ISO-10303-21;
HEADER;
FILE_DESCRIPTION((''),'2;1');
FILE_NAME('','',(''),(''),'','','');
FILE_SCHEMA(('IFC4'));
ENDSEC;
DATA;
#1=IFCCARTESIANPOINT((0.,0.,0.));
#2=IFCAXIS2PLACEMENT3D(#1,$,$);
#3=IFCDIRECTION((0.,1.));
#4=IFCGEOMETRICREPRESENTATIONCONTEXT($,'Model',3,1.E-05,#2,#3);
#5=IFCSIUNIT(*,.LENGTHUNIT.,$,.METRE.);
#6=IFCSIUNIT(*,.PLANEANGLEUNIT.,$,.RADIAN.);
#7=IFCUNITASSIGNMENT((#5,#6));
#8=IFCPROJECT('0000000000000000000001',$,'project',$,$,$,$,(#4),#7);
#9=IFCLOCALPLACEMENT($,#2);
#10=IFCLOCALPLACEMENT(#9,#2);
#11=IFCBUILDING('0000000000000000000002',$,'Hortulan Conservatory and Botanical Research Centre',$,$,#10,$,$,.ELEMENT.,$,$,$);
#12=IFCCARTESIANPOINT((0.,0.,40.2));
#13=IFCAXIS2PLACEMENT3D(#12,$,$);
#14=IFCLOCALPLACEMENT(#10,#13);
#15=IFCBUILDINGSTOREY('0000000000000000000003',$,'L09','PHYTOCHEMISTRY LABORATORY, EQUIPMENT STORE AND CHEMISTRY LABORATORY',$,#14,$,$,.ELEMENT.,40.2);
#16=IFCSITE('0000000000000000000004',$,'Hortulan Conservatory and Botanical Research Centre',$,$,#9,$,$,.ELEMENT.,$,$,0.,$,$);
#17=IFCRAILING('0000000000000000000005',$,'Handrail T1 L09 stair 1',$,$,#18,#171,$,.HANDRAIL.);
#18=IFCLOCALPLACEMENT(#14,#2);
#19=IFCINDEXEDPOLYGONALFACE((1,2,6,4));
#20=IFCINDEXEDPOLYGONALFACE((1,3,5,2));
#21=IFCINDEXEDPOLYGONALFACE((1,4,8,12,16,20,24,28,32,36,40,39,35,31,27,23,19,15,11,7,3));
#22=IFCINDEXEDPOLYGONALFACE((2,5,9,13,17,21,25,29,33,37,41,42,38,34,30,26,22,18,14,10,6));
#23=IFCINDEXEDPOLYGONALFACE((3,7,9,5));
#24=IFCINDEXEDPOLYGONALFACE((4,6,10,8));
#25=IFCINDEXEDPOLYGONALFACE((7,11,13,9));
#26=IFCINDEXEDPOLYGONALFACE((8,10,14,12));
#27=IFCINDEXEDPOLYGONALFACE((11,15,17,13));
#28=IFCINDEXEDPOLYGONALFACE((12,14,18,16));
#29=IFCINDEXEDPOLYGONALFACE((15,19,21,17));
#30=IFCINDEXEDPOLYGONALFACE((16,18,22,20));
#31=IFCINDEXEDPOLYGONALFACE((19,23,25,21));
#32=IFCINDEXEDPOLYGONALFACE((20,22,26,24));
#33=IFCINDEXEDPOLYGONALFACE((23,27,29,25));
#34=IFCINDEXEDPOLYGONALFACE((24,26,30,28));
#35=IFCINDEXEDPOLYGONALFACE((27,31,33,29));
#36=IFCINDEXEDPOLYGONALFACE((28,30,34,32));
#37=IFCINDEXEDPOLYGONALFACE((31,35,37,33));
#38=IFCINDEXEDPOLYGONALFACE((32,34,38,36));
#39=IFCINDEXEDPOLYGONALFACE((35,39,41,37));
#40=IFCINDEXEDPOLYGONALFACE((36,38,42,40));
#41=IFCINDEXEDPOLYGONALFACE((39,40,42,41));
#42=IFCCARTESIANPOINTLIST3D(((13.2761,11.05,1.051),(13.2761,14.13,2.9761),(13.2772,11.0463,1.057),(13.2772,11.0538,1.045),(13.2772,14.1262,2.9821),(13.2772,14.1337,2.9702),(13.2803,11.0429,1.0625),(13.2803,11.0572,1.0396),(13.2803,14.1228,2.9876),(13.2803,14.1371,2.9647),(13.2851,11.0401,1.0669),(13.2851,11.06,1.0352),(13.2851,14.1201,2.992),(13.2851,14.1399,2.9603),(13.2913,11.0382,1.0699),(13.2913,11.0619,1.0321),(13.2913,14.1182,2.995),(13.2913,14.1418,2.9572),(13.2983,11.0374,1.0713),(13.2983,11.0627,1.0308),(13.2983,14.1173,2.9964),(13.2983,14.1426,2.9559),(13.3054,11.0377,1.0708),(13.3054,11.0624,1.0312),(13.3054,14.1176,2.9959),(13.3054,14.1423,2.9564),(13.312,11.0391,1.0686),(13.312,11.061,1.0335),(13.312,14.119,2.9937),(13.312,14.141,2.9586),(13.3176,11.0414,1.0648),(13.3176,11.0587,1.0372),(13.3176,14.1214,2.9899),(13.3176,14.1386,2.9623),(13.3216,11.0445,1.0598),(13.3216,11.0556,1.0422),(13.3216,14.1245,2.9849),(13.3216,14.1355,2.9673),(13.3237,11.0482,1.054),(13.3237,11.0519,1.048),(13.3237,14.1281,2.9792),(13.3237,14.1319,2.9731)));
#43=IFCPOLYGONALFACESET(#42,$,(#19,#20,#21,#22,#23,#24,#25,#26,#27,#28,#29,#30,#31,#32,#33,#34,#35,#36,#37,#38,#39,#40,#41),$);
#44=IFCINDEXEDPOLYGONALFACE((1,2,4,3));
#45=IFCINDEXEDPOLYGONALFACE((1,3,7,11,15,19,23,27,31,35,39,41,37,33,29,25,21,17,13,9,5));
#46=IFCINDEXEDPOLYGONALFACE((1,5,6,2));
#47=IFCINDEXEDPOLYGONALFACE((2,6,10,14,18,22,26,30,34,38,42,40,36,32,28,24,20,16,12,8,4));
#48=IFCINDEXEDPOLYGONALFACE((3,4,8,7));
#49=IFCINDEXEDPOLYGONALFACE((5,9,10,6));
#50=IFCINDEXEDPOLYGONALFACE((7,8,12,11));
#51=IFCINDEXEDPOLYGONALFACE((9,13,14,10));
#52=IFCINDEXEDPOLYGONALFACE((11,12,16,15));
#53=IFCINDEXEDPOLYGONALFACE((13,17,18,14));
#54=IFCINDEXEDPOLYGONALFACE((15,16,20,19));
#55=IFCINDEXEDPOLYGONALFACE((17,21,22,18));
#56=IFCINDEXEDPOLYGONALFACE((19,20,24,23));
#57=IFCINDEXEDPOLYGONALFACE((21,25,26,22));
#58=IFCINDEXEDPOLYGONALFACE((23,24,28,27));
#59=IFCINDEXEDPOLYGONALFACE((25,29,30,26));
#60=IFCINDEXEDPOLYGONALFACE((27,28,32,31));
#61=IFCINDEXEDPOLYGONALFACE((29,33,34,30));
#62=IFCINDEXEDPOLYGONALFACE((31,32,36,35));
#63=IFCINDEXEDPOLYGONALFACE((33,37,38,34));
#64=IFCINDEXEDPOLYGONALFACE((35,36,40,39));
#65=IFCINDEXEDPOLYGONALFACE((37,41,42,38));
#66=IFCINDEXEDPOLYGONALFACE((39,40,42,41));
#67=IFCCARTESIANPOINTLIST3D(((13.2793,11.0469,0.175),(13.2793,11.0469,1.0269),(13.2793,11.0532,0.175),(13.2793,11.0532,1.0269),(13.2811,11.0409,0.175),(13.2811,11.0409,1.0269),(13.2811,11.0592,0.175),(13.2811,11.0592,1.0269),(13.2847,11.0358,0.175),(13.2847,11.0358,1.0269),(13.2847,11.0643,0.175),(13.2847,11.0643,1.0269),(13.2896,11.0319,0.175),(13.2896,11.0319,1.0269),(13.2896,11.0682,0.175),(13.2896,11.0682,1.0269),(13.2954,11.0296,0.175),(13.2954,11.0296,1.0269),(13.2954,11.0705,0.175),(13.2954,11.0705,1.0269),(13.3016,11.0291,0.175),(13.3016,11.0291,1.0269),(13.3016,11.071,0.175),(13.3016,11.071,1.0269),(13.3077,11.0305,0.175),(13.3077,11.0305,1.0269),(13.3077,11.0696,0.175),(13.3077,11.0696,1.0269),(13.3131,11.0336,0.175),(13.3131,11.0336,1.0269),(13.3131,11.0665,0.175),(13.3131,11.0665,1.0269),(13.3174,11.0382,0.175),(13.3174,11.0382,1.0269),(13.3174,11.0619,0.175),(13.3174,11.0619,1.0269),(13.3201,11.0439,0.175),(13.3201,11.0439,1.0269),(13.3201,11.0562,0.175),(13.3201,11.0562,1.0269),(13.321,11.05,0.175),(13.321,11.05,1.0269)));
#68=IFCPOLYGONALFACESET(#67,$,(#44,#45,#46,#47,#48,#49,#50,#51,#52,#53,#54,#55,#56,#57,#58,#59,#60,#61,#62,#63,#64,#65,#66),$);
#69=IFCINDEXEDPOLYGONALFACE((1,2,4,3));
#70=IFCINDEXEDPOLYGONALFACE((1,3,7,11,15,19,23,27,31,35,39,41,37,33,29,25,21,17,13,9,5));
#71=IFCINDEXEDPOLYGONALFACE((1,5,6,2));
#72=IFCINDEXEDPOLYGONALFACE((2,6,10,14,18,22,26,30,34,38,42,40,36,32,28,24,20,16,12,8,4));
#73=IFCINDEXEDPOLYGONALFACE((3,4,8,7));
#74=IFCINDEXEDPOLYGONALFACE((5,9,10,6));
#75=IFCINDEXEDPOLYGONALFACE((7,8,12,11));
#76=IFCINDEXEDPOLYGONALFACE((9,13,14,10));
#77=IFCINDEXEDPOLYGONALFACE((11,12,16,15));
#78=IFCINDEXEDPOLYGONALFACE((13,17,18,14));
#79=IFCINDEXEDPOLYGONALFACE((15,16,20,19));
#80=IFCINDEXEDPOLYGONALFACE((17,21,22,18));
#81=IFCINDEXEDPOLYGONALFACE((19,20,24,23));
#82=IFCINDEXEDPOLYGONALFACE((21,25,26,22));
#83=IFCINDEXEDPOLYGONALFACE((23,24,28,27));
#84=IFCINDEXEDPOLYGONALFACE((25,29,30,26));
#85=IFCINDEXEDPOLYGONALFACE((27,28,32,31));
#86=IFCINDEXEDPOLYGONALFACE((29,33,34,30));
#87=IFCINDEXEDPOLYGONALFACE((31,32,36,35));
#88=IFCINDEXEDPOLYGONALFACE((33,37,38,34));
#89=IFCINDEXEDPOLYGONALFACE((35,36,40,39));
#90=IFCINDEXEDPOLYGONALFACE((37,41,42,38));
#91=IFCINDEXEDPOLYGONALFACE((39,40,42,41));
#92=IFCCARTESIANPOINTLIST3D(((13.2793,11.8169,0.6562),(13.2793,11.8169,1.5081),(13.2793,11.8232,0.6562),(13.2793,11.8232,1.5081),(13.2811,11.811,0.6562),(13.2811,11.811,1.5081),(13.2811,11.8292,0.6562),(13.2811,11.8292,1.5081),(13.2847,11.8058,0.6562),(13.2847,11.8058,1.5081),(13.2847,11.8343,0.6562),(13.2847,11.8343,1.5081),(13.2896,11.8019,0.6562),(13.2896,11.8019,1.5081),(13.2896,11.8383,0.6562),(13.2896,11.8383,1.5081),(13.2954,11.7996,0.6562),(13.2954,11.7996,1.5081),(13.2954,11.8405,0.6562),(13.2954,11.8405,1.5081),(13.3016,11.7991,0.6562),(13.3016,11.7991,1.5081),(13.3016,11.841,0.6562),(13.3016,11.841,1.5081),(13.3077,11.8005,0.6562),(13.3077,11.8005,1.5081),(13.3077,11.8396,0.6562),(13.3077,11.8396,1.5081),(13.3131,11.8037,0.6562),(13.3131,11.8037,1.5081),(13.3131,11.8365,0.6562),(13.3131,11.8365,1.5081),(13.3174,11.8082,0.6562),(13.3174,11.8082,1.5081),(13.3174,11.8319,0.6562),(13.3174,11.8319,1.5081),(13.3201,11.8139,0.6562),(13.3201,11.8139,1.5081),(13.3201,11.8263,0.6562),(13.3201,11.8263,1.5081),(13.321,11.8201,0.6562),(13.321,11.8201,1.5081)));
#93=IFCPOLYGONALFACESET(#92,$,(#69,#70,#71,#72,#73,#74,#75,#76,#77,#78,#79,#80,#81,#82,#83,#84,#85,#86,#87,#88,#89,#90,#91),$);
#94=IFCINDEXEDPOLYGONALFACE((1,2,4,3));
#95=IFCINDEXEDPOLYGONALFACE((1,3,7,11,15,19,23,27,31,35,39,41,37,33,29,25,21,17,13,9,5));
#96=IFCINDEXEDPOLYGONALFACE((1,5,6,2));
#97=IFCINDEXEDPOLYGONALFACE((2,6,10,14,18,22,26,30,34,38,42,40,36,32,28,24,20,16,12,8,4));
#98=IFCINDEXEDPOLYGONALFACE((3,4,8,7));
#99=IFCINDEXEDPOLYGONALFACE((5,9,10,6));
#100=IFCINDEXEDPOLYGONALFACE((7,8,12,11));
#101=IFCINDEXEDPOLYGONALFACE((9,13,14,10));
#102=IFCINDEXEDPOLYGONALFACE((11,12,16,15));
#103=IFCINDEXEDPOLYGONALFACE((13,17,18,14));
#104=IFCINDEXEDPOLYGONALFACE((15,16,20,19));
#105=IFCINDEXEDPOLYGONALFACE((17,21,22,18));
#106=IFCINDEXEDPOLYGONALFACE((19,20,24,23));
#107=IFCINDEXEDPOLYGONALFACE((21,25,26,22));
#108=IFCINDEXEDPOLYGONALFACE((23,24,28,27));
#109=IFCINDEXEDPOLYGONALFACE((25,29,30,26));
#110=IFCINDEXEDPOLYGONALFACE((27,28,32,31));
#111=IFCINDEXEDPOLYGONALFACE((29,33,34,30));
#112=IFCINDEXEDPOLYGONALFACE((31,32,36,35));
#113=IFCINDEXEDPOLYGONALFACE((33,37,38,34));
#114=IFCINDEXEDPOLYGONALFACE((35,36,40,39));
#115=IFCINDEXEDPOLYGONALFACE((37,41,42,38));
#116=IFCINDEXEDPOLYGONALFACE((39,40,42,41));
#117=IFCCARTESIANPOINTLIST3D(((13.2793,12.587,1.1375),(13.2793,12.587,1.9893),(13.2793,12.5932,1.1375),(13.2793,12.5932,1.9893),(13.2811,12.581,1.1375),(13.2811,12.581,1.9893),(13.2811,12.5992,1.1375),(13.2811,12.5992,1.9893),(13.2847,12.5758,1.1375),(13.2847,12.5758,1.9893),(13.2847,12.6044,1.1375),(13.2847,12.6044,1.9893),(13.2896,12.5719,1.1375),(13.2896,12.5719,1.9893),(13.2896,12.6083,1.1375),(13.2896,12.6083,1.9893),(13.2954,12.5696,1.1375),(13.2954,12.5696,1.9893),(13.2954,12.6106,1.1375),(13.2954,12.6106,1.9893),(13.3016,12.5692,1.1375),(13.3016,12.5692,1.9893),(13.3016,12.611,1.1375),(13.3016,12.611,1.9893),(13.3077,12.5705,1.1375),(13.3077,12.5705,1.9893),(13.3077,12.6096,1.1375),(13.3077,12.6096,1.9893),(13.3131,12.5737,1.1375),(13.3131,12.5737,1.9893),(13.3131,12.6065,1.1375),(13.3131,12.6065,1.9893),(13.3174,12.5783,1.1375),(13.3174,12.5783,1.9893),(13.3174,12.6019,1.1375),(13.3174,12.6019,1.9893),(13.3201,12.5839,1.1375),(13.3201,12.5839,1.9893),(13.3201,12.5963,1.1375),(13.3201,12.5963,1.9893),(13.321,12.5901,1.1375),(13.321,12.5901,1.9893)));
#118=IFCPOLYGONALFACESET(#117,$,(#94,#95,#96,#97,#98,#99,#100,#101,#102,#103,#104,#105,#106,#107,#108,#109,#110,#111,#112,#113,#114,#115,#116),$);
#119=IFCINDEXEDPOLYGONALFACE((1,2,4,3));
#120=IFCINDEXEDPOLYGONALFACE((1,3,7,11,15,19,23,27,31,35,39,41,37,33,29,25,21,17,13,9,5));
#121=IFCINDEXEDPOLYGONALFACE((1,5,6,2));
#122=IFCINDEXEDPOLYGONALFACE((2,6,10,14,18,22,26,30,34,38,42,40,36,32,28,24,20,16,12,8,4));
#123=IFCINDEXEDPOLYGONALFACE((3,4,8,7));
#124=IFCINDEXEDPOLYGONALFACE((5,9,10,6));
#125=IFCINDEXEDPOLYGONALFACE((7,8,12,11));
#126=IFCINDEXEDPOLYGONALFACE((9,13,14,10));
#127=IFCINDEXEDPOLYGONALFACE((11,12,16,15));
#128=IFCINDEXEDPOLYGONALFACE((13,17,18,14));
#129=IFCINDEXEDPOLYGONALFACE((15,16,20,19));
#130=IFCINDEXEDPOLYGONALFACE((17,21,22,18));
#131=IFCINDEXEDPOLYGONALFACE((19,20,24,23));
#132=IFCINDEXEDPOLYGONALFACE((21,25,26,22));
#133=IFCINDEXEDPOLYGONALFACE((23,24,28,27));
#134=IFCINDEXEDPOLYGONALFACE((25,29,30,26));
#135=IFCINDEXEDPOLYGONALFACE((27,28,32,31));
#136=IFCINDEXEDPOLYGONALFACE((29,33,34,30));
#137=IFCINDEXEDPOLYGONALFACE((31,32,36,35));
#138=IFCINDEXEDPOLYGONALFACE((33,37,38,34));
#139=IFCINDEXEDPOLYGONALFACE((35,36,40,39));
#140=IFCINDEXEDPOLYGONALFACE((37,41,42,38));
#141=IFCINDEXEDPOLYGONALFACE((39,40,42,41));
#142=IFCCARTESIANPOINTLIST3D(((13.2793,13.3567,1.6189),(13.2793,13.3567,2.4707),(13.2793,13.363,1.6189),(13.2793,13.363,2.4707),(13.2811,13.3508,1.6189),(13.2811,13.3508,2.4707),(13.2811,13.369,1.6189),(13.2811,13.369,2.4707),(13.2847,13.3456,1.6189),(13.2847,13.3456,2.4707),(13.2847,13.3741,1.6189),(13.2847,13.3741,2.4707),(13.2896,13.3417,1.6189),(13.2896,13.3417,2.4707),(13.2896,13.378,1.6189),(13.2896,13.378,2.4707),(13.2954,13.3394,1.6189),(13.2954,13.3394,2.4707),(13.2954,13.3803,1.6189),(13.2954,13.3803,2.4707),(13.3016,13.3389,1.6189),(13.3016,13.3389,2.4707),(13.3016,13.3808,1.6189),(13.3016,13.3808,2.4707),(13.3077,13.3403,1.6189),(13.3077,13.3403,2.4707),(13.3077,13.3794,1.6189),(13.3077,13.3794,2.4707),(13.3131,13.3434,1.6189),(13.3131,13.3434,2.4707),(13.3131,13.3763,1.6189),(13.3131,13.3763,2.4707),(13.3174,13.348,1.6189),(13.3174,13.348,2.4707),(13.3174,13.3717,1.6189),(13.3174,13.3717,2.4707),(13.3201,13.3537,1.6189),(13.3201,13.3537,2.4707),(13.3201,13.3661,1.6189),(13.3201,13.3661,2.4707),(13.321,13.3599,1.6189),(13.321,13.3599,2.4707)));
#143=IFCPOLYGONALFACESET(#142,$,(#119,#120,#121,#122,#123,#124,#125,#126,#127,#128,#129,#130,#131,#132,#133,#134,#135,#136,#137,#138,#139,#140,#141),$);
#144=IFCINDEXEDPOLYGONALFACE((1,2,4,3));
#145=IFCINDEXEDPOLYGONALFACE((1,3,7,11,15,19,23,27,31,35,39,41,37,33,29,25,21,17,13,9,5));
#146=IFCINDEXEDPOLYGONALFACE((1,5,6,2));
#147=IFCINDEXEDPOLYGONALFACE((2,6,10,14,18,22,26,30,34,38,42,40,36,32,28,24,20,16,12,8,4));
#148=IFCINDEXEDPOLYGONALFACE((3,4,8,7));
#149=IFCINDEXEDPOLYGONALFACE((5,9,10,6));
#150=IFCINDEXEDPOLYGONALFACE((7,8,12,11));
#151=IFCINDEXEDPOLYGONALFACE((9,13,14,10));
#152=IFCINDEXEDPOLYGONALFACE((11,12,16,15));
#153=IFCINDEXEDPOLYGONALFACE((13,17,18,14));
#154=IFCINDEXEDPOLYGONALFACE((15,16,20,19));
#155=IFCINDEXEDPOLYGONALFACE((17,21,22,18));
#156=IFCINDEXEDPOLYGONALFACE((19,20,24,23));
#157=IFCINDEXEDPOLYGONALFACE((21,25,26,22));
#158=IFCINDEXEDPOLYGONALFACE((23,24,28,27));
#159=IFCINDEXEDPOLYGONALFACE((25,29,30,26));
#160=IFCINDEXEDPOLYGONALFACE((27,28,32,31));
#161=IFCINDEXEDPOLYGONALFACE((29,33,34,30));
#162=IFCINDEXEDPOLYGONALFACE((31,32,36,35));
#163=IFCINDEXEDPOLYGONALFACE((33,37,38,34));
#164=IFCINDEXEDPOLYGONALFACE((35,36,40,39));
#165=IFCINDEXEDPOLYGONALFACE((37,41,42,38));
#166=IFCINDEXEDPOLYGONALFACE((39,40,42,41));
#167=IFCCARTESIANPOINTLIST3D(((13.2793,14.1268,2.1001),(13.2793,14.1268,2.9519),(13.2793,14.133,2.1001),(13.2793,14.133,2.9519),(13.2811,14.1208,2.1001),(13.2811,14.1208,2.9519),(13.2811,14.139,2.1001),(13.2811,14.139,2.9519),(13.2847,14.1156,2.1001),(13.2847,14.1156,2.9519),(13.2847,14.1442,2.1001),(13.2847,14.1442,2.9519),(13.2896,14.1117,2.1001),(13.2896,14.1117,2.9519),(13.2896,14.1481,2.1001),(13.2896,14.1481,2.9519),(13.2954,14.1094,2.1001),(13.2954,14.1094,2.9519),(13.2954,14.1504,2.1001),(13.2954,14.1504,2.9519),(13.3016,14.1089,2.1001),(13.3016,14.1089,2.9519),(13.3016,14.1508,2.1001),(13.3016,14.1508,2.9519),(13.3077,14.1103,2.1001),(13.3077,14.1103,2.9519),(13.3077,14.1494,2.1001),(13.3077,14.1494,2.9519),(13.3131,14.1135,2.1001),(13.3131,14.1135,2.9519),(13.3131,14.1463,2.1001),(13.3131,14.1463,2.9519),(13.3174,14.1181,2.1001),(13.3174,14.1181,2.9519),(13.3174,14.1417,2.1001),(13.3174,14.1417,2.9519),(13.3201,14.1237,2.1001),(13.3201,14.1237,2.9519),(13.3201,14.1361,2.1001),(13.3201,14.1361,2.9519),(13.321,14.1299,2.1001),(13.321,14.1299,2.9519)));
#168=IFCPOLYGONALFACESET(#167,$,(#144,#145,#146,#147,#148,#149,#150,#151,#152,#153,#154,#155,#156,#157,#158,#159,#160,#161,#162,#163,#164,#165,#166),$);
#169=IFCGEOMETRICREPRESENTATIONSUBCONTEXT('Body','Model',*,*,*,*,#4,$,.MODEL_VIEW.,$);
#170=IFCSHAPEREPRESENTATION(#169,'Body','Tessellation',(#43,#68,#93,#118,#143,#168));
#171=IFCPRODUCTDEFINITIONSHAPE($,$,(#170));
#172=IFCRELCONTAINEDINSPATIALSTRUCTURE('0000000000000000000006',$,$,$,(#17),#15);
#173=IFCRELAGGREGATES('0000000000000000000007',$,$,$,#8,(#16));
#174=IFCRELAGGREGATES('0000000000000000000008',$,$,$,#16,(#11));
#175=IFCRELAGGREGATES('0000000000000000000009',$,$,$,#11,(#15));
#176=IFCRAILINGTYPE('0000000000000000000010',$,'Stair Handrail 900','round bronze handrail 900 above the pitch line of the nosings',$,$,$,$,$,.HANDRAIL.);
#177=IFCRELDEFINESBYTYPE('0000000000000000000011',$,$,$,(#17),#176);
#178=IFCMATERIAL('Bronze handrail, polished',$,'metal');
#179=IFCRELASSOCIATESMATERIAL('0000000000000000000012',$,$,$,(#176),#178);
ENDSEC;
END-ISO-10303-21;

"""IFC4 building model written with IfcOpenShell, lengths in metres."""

from ifc_helpers import new_model, si_unit, direction, frame, origin, origin_2d, place, context, subcontext, project, spatial, circle, extrude, material, type_object, element, save


model = new_model("IFC4")

# Units and contexts
model_context = context("Model", 3, precision=1e-05, world=origin(), true_north=direction((0.0, 1.0)))
body_context = subcontext(model_context, "Body", "Model", "MODEL_VIEW")
ifc_project = project(units=[si_unit("LENGTHUNIT", "METRE"), si_unit("PLANEANGLEUNIT", "RADIAN")], contexts=[model_context])

# Site, building, storey
site_placement = place(None, origin())
site = spatial("IfcSite", under=ifc_project, at=site_placement, Name="Hortulan Conservatory and Botanical Research Centre", CompositionType="ELEMENT", RefElevation=0.0)
building_placement = place(site_placement, origin())
building = spatial("IfcBuilding", under=site, at=building_placement, Name="Hortulan Conservatory and Botanical Research Centre", CompositionType="ELEMENT")
storey_placement = place(building_placement, frame((0.0, 0.0, 40.2)))
storey = spatial("IfcBuildingStorey", under=building, at=storey_placement, Name="L09", Description="PHYTOCHEMISTRY LABORATORY, EQUIPMENT STORE AND CHEMISTRY LABORATORY", CompositionType="ELEMENT", Elevation=40.2)

# Railing
ifc_material_1 = material(Name="Bronze handrail, polished", Category="metal")
railing_type_1 = type_object("IfcRailingType", Name="Stair Handrail 900", Description="round bronze handrail 900 above the pitch line of the nosings", PredefinedType="HANDRAIL", material=ifc_material_1)
railing_1_placement = place(storey_placement, frame((13.3, 11.05, 0.175)))
element("IfcRailing", 1, at=railing_1_placement, inside=storey, type_object=railing_type_1, Name="Handrail T1 L09 stair 1", PredefinedType="HANDRAIL", context=body_context, shape_type="SweptSolid", body=[
    extrude(circle(Radius=0.0239, at=origin_2d()), frame((0.0, 0.0, 0.876), z_axis=(0.0, 0.847979, 0.530029), x_axis=(-1.0, 0.0, 0.0)), (0.0, 0.0, 1.0), 3.6321),
    extrude(circle(Radius=0.021, at=origin_2d()), origin(), (0.0, 0.0, 1.0), 0.8518),
    extrude(circle(Radius=0.021, at=origin_2d()), frame((0.0, 0.77, 0.4812)), (0.0, 0.0, 1.0), 0.8518),
    extrude(circle(Radius=0.021, at=origin_2d()), frame((0.0, 1.54, 0.9624)), (0.0, 0.0, 1.0), 0.8518),
    extrude(circle(Radius=0.021, at=origin_2d()), frame((0.0, 2.3098, 1.4438)), (0.0, 0.0, 1.0), 0.8518),
    extrude(circle(Radius=0.021, at=origin_2d()), frame((0.0, 3.0798, 1.925)), (0.0, 0.0, 1.0), 0.8518),
])

save(model, "model.ifc")
